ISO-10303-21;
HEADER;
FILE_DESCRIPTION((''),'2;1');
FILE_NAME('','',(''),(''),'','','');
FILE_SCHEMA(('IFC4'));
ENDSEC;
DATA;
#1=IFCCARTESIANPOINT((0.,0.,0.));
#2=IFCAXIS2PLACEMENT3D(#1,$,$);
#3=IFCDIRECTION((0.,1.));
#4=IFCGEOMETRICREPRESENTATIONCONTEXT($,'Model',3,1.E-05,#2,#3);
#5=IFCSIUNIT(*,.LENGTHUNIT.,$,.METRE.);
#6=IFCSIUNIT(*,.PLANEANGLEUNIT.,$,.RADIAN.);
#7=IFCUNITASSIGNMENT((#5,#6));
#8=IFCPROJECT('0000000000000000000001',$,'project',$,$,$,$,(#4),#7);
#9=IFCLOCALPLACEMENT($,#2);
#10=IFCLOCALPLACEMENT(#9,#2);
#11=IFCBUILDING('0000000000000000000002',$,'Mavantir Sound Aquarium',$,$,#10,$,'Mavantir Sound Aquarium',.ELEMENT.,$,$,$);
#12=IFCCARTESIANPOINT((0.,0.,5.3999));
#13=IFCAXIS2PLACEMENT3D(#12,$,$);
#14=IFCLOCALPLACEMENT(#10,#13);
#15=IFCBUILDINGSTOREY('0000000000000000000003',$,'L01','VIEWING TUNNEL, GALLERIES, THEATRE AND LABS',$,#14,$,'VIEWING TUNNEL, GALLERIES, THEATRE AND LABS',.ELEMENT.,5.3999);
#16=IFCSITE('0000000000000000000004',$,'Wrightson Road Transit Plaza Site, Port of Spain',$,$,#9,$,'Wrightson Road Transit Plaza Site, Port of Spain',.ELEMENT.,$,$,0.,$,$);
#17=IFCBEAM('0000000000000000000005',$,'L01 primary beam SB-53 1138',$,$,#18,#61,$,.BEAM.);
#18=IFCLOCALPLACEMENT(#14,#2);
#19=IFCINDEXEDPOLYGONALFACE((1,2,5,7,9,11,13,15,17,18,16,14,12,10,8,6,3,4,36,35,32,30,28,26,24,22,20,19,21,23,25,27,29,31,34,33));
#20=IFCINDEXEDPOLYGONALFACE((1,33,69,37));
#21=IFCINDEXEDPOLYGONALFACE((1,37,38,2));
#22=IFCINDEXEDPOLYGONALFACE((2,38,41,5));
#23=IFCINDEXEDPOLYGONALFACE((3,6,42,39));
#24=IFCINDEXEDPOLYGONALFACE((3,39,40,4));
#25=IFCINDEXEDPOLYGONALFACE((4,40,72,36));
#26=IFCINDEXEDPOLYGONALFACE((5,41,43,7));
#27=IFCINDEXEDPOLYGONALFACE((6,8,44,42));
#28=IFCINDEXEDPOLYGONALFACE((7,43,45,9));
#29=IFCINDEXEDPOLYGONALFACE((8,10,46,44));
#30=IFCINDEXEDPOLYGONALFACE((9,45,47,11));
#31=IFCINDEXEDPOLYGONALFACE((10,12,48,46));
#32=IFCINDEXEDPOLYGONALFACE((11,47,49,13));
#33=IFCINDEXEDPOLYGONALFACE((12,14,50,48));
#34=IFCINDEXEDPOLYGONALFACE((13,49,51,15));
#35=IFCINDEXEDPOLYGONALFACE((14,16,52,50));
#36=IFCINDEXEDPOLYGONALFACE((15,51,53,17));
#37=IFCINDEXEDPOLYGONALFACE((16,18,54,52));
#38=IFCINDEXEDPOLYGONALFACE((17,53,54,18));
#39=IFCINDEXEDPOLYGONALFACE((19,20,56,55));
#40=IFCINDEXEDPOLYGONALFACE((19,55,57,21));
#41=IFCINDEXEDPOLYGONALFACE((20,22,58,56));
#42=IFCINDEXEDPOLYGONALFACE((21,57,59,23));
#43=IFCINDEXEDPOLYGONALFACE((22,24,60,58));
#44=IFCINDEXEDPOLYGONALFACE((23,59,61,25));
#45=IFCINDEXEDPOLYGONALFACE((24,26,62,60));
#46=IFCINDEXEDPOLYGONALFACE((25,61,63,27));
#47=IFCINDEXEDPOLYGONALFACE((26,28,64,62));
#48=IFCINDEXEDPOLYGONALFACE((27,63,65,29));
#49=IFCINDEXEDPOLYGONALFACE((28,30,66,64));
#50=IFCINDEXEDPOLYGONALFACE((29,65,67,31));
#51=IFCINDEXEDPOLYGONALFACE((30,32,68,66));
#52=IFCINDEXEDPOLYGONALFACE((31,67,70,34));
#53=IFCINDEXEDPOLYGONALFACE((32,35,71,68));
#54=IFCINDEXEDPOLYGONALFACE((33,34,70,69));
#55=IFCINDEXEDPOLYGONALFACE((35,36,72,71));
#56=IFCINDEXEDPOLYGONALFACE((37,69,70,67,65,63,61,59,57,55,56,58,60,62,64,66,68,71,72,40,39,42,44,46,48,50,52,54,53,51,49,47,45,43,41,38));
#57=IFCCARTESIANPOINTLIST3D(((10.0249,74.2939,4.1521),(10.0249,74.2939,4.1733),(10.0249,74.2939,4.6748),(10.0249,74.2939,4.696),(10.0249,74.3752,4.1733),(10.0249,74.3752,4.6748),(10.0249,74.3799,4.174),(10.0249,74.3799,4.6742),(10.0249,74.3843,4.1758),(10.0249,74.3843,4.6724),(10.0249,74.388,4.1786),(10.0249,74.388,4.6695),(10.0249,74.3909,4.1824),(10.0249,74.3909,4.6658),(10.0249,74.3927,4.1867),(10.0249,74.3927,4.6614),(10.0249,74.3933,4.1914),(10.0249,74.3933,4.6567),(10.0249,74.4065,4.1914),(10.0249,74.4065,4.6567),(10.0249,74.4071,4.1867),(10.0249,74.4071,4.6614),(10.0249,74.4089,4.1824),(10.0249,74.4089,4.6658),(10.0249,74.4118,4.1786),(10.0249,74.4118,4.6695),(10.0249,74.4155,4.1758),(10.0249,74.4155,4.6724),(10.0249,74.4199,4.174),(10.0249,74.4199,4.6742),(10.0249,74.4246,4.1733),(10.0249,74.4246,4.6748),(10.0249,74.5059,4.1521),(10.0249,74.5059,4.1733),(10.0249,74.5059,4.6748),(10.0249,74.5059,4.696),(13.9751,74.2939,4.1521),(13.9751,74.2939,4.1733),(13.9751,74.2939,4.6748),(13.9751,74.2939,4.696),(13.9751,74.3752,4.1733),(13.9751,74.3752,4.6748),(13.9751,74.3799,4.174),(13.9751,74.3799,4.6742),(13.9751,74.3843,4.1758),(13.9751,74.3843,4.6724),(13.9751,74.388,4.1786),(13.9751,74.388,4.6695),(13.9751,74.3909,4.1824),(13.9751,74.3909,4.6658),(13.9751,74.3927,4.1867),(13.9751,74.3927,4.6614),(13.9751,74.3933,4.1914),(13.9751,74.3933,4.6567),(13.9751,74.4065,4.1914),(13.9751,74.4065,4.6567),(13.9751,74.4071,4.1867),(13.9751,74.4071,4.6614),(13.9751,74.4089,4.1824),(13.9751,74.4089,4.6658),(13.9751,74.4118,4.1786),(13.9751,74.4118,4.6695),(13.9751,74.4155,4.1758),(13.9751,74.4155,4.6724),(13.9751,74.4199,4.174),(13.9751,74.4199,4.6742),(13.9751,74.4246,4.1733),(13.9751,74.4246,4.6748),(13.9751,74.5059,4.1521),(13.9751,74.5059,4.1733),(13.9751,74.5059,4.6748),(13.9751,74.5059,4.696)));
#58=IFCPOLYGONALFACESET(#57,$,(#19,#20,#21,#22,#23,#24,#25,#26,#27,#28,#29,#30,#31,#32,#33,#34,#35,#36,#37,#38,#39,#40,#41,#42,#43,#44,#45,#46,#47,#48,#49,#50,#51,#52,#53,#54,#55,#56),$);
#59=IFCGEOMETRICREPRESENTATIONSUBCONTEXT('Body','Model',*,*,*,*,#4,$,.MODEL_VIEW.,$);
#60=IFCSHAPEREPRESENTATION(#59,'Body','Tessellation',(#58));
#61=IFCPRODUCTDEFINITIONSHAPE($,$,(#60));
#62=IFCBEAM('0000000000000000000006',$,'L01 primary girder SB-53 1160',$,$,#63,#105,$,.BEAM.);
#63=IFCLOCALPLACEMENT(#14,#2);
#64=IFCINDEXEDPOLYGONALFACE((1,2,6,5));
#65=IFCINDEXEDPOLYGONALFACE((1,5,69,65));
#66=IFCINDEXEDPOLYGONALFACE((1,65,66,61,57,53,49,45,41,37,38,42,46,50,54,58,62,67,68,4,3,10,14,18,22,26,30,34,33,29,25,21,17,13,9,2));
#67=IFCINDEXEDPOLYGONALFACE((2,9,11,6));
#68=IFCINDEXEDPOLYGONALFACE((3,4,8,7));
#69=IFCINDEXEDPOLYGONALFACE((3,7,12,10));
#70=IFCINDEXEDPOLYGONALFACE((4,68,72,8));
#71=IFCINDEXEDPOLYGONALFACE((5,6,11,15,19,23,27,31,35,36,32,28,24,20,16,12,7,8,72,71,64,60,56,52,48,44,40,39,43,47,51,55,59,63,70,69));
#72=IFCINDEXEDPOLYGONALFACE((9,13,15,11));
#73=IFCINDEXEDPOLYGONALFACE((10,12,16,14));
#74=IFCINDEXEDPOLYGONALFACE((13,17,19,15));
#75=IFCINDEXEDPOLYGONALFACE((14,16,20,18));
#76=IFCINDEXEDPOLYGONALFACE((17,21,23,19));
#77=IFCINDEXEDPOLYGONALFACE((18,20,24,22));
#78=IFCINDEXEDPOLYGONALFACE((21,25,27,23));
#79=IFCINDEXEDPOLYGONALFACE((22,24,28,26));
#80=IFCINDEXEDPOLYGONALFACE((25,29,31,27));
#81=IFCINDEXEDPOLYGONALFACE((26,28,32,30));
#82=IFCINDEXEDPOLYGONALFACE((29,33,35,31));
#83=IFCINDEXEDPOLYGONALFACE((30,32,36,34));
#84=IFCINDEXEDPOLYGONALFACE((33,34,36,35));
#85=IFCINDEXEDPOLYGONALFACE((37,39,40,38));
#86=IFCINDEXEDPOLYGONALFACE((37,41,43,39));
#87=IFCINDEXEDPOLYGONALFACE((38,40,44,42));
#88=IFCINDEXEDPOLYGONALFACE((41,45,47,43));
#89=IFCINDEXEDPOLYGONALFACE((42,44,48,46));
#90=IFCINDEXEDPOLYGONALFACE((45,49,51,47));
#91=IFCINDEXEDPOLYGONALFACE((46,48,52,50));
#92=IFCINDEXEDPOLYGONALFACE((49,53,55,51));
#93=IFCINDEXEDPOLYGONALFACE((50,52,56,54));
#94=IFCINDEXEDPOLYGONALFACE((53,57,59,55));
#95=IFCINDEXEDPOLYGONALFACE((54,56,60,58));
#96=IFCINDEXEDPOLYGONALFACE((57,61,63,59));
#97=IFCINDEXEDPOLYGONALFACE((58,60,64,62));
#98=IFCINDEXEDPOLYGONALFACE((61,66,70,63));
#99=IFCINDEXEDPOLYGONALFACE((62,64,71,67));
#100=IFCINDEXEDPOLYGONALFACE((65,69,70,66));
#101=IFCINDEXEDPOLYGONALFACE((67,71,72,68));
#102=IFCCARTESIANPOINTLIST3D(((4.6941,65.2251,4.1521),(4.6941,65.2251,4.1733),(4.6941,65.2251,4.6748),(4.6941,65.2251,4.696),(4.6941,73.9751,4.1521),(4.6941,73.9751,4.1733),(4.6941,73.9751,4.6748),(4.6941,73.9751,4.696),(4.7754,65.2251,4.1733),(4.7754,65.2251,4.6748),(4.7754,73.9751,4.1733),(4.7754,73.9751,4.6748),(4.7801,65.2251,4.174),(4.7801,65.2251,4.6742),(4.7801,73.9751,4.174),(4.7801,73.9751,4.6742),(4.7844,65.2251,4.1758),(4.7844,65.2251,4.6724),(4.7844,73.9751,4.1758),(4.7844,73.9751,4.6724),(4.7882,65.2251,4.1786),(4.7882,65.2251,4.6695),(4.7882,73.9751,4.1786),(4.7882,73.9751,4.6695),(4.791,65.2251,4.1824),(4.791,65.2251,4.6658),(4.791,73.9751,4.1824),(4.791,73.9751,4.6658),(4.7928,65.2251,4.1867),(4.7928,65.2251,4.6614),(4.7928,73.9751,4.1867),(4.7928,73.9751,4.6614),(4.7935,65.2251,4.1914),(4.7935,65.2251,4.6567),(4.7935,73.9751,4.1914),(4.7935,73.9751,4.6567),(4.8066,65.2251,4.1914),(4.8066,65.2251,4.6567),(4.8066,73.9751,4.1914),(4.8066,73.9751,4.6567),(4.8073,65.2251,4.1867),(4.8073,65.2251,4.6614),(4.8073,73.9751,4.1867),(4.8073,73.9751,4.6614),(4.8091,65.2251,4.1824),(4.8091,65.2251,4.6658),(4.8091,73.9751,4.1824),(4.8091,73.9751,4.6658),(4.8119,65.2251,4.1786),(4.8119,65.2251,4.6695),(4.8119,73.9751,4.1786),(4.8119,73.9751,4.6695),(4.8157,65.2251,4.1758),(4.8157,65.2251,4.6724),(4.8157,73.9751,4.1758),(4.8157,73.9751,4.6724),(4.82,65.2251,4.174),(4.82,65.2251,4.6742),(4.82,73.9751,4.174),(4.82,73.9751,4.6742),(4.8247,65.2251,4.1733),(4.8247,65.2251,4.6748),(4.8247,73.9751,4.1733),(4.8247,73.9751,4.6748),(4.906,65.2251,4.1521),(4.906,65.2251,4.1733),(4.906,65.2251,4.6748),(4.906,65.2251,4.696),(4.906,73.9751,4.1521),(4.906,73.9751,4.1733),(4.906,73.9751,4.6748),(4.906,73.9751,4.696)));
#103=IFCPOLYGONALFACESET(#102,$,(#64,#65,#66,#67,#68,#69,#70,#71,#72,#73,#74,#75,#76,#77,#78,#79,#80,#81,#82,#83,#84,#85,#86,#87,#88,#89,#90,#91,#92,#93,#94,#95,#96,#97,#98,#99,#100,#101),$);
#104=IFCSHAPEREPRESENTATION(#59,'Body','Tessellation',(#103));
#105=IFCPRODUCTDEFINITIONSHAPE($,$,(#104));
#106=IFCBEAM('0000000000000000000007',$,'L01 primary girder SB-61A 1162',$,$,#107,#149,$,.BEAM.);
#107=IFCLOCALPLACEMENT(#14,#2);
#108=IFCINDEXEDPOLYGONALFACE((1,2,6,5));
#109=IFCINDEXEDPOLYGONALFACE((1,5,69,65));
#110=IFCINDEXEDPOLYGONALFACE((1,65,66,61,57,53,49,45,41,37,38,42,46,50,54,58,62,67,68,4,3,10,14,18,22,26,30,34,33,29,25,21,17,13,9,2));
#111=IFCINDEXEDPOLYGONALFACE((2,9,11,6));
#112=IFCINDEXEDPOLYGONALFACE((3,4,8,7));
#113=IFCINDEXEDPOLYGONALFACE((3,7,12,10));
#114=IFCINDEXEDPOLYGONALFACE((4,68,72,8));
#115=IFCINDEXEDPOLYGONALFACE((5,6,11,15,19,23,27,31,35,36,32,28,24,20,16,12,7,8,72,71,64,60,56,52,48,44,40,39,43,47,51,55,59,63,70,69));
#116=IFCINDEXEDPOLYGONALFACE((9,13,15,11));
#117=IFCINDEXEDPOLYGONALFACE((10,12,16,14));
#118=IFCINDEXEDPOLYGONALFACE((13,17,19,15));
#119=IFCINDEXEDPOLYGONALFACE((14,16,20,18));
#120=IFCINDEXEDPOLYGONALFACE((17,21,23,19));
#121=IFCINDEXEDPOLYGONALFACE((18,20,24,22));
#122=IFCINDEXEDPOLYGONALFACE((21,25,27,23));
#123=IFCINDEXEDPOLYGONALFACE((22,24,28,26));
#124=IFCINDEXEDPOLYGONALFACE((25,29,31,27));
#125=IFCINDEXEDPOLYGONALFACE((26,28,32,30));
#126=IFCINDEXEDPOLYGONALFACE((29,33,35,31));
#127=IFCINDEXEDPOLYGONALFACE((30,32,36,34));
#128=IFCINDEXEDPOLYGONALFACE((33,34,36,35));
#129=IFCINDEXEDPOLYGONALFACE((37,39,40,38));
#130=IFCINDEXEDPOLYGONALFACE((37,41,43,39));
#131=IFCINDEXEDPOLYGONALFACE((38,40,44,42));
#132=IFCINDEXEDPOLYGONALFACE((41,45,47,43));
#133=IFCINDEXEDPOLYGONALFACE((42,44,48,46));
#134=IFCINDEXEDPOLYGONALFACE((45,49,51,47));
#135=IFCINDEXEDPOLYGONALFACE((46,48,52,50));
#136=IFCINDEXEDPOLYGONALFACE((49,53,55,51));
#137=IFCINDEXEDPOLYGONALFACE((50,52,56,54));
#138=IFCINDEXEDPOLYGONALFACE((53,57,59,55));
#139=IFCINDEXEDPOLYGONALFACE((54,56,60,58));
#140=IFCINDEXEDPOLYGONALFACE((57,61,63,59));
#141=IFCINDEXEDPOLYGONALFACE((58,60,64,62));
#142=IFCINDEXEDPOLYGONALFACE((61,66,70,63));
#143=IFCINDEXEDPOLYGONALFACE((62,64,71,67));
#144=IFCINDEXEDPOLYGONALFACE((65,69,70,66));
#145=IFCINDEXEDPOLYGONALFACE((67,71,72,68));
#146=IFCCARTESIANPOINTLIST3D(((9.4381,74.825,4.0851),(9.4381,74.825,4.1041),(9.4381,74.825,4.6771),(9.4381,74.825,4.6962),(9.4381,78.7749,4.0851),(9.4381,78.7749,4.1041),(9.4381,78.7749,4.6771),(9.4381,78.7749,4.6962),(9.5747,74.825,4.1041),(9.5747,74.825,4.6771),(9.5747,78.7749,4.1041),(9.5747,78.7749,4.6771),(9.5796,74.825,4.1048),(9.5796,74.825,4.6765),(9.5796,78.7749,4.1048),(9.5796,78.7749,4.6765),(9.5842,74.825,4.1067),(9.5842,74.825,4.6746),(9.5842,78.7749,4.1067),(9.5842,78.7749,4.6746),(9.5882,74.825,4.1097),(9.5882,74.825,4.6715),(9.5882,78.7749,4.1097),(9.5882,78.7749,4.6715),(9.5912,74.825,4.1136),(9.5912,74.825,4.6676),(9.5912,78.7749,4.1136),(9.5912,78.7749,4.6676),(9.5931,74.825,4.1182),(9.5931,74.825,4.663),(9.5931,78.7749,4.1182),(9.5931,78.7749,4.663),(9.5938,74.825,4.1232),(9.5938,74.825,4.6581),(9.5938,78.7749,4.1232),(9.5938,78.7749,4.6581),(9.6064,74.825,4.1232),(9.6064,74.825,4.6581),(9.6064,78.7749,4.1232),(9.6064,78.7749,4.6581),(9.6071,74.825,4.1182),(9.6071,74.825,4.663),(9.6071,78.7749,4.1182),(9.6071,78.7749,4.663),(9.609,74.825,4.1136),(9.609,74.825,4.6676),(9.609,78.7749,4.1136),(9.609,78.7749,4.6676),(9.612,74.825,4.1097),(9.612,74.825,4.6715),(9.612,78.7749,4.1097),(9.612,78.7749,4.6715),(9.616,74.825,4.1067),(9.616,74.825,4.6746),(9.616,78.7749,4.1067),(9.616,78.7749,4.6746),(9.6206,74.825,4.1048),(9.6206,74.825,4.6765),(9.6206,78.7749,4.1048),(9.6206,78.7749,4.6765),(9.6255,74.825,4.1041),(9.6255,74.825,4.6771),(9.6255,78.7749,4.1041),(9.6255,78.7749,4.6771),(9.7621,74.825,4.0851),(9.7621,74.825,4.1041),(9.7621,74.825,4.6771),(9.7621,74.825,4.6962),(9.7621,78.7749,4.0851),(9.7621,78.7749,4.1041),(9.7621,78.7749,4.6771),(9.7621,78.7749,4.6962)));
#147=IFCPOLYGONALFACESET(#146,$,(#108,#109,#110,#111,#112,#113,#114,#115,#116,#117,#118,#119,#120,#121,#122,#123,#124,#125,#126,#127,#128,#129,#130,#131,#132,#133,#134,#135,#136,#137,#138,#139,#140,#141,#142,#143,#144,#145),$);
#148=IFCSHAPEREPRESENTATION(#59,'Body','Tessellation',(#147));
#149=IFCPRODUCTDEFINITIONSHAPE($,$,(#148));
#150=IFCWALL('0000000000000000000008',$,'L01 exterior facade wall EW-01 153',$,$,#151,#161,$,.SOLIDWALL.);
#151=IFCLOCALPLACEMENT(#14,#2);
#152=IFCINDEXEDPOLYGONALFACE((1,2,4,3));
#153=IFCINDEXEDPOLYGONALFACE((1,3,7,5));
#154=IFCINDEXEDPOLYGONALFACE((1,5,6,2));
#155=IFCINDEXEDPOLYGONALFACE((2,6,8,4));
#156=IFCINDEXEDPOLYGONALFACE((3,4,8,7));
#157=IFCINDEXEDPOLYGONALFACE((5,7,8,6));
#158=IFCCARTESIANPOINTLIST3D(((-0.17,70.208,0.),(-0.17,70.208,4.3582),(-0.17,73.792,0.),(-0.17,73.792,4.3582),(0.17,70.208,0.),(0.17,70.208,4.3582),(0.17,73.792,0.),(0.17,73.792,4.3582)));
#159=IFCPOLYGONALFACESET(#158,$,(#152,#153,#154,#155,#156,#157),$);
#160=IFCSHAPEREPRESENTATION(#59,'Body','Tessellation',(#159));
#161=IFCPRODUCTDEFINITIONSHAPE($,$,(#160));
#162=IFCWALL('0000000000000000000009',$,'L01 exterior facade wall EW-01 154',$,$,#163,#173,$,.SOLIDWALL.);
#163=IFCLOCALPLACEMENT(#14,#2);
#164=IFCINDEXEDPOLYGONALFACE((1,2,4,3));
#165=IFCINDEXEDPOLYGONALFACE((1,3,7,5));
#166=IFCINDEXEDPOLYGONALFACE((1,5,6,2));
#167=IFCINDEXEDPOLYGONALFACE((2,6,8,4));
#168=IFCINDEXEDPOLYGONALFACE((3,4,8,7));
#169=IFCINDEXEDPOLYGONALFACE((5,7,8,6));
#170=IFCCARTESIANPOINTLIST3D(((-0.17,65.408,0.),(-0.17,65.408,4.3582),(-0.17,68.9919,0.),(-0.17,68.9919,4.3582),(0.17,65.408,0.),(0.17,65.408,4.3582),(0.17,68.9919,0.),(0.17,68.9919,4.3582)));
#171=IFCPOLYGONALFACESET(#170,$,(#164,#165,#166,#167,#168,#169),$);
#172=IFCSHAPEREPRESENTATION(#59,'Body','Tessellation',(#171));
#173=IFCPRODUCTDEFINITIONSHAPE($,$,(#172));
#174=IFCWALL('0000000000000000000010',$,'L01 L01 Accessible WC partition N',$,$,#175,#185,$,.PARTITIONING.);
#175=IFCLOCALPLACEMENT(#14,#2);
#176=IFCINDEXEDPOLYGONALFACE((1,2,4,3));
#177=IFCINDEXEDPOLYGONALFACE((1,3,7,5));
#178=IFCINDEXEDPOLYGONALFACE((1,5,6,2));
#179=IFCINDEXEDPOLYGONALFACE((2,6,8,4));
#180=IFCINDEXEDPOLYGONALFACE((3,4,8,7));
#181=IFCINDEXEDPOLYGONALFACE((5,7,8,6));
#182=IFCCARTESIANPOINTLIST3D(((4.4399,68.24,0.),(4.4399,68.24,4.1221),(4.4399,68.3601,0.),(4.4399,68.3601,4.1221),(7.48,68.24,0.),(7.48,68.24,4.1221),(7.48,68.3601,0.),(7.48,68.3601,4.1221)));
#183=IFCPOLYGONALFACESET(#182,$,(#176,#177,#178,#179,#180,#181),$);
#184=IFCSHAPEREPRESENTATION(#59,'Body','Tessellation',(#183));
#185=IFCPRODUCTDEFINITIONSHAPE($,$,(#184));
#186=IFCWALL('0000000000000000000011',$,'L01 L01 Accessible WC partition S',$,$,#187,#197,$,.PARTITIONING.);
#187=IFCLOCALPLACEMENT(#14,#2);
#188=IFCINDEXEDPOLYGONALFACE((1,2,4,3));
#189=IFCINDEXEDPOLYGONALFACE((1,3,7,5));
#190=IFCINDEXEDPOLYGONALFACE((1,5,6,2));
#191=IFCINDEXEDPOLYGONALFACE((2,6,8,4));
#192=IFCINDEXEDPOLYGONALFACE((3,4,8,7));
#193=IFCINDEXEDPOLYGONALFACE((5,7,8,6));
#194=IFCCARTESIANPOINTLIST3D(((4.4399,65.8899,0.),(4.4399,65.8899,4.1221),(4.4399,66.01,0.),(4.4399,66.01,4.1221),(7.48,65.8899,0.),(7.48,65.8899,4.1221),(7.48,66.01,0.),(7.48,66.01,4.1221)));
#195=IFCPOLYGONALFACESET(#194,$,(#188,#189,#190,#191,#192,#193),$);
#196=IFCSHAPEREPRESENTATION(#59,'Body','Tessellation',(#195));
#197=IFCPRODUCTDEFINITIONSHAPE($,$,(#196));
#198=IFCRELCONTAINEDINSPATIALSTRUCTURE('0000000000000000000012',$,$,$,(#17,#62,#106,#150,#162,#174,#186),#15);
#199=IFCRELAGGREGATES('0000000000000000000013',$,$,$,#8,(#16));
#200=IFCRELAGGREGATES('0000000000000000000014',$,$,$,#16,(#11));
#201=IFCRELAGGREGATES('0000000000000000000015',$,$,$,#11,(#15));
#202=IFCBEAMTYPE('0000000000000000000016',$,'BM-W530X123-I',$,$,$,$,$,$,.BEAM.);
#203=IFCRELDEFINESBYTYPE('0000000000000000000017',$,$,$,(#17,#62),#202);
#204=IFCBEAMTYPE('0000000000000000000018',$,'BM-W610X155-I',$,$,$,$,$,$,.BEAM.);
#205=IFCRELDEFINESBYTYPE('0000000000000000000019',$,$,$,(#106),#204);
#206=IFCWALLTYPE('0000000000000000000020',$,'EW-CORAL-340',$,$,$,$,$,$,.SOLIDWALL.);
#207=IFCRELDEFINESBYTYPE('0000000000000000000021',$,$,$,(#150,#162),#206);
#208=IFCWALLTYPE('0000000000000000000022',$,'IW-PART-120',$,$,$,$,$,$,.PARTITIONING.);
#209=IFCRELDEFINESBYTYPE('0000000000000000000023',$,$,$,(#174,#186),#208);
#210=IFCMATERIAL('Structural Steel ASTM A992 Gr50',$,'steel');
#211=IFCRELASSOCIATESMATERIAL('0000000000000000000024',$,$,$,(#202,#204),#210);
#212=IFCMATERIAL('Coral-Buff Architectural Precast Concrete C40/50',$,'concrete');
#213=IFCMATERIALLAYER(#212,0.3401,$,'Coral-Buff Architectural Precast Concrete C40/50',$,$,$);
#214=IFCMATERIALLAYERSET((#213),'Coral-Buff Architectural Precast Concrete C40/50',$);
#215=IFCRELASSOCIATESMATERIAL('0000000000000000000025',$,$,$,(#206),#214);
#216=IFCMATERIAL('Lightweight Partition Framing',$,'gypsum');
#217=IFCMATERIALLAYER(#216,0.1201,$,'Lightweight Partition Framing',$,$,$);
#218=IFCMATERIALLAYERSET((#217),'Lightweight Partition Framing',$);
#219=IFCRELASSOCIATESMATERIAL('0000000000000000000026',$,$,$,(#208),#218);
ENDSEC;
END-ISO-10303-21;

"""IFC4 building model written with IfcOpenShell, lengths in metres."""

from ifc_helpers import new_model, si_unit, direction, frame, frame_2d, origin, origin_2d, place, context, subcontext, project, spatial, rectangle, i_section, extrude, material, layer, layer_set, material_profile, profile_set, type_object, element, save


model = new_model("IFC4")

# Units and contexts
model_context = context("Model", 3, precision=1e-05, world=origin(), true_north=direction((0.0, 1.0)))
body_context = subcontext(model_context, "Body", "Model", "MODEL_VIEW")
ifc_project = project(units=[si_unit("LENGTHUNIT", "METRE"), si_unit("PLANEANGLEUNIT", "RADIAN")], contexts=[model_context])

# Site, building, storey
site_placement = place(None, origin())
site = spatial("IfcSite", under=ifc_project, at=site_placement, Name="Wrightson Road Transit Plaza Site, Port of Spain", LongName="Wrightson Road Transit Plaza Site, Port of Spain", CompositionType="ELEMENT", RefElevation=0.0)
building_placement = place(site_placement, origin())
building = spatial("IfcBuilding", under=site, at=building_placement, Name="Mavantir Sound Aquarium", LongName="Mavantir Sound Aquarium", CompositionType="ELEMENT")
storey_placement = place(building_placement, frame((0.0, 0.0, 5.3999)))
storey = spatial("IfcBuildingStorey", under=building, at=storey_placement, Name="L01", Description="VIEWING TUNNEL, GALLERIES, THEATRE AND LABS", LongName="VIEWING TUNNEL, GALLERIES, THEATRE AND LABS", CompositionType="ELEMENT", Elevation=5.3999)

# Beams
ifc_material_1 = material(Name="Structural Steel ASTM A992 Gr50", Category="steel")
ifc_material_profile_1 = material_profile(ifc_material_1, i_section(OverallWidth=0.2119, OverallDepth=0.5439, WebThickness=0.0132, FlangeThickness=0.0212, FilletRadius=0.0181, at=origin_2d()), Name="W530X123")
ifc_profile_set_1 = profile_set([ifc_material_profile_1], Name="Structural Steel ASTM A992 Gr50")
beam_type_1 = type_object("IfcBeamType", Name="BM-W530X123-I", PredefinedType="BEAM", material=ifc_profile_set_1)
beam_1_placement = place(storey_placement, frame((10.0249, 74.3999, 4.4241), z_axis=(1.0, 0.0, 0.0), x_axis=(0.0, 1.0, 0.0)))
element("IfcBeam", 1, at=beam_1_placement, inside=storey, type_object=beam_type_1, Name="L01 primary beam SB-53 1138", PredefinedType="BEAM", context=body_context, shape_type="SweptSolid", body=[
    extrude(i_section(OverallWidth=0.2119, OverallDepth=0.5439, WebThickness=0.0132, FlangeThickness=0.0212, FilletRadius=0.0181, at=origin_2d()), origin(), (0.0, 0.0, 1.0), 3.9502),
])
beam_2_placement = place(storey_placement, frame((4.8, 65.2251, 4.4241), z_axis=(0.0, 1.0, 0.0), x_axis=(-1.0, 0.0, 0.0)))
element("IfcBeam", 2, at=beam_2_placement, inside=storey, type_object=beam_type_1, Name="L01 primary girder SB-53 1160", PredefinedType="BEAM", context=body_context, shape_type="SweptSolid", body=[
    extrude(i_section(OverallWidth=0.2119, OverallDepth=0.5439, WebThickness=0.0132, FlangeThickness=0.0212, FilletRadius=0.0181, at=origin_2d()), origin(), (0.0, 0.0, 1.0), 8.75),
])
ifc_material_profile_2 = material_profile(ifc_material_1, i_section(OverallWidth=0.324, OverallDepth=0.6111, WebThickness=0.0127, FlangeThickness=0.019, FilletRadius=0.019, at=origin_2d()), Name="W610X155")
ifc_profile_set_2 = profile_set([ifc_material_profile_2], Name="Structural Steel ASTM A992 Gr50")
beam_type_2 = type_object("IfcBeamType", Name="BM-W610X155-I", PredefinedType="BEAM", material=ifc_profile_set_2)
beam_3_placement = place(storey_placement, frame((9.6001, 74.825, 4.3906), z_axis=(0.0, 1.0, 0.0), x_axis=(-1.0, 0.0, 0.0)))
element("IfcBeam", 3, at=beam_3_placement, inside=storey, type_object=beam_type_2, Name="L01 primary girder SB-61A 1162", PredefinedType="BEAM", context=body_context, shape_type="SweptSolid", body=[
    extrude(i_section(OverallWidth=0.324, OverallDepth=0.6111, WebThickness=0.0127, FlangeThickness=0.019, FilletRadius=0.019, at=origin_2d()), origin(), (0.0, 0.0, 1.0), 3.95),
])

# Walls
ifc_material_2 = material(Name="Coral-Buff Architectural Precast Concrete C40/50", Category="concrete")
ifc_layer_1 = layer(ifc_material_2, 0.3401, Name="Coral-Buff Architectural Precast Concrete C40/50")
ifc_layer_set_1 = layer_set([ifc_layer_1], Name="Coral-Buff Architectural Precast Concrete C40/50")
wall_type_1 = type_object("IfcWallType", Name="EW-CORAL-340", PredefinedType="SOLIDWALL", material=ifc_layer_set_1)
for number, where, z_axis, x_axis, name in (
    (4, (0.0, 73.792, 0.0), (0.0, 0.0, 1.0), (0.0, -1.0, 0.0), "L01 exterior facade wall EW-01 153"),
    (5, (0.0, 68.9919, 0.0), (0.0, 0.0, 1.0), (0.0, -1.0, 0.0), "L01 exterior facade wall EW-01 154"),
):
    element("IfcWall", number, at=place(storey_placement, frame(where, z_axis=z_axis, x_axis=x_axis)), inside=storey, type_object=wall_type_1, Name=name, PredefinedType="SOLIDWALL", context=body_context, shape_type="SweptSolid", body=[
        extrude(rectangle(XDim=3.584, YDim=0.3401, at=frame_2d((1.792, 0.0))), origin(), (0.0, 0.0, 1.0), 4.3582),
    ])
ifc_material_3 = material(Name="Lightweight Partition Framing", Category="gypsum")
ifc_layer_2 = layer(ifc_material_3, 0.1201, Name="Lightweight Partition Framing")
ifc_layer_set_2 = layer_set([ifc_layer_2], Name="Lightweight Partition Framing")
wall_type_2 = type_object("IfcWallType", Name="IW-PART-120", PredefinedType="PARTITIONING", material=ifc_layer_set_2)
for number, where, z_axis, x_axis, name in (
    (6, (4.4399, 68.3, 0.0), (0.0, 0.0, 1.0), (1.0, 0.0, 0.0), "L01 L01 Accessible WC partition N"),
    (7, (4.4399, 65.95, 0.0), (0.0, 0.0, 1.0), (1.0, 0.0, 0.0), "L01 L01 Accessible WC partition S"),
):
    element("IfcWall", number, at=place(storey_placement, frame(where, z_axis=z_axis, x_axis=x_axis)), inside=storey, type_object=wall_type_2, Name=name, PredefinedType="PARTITIONING", context=body_context, shape_type="SweptSolid", body=[
        extrude(rectangle(XDim=3.04, YDim=0.1201, at=frame_2d((1.52, 0.0))), origin(), (0.0, 0.0, 1.0), 4.1221),
    ])

save(model, "model.ifc")
